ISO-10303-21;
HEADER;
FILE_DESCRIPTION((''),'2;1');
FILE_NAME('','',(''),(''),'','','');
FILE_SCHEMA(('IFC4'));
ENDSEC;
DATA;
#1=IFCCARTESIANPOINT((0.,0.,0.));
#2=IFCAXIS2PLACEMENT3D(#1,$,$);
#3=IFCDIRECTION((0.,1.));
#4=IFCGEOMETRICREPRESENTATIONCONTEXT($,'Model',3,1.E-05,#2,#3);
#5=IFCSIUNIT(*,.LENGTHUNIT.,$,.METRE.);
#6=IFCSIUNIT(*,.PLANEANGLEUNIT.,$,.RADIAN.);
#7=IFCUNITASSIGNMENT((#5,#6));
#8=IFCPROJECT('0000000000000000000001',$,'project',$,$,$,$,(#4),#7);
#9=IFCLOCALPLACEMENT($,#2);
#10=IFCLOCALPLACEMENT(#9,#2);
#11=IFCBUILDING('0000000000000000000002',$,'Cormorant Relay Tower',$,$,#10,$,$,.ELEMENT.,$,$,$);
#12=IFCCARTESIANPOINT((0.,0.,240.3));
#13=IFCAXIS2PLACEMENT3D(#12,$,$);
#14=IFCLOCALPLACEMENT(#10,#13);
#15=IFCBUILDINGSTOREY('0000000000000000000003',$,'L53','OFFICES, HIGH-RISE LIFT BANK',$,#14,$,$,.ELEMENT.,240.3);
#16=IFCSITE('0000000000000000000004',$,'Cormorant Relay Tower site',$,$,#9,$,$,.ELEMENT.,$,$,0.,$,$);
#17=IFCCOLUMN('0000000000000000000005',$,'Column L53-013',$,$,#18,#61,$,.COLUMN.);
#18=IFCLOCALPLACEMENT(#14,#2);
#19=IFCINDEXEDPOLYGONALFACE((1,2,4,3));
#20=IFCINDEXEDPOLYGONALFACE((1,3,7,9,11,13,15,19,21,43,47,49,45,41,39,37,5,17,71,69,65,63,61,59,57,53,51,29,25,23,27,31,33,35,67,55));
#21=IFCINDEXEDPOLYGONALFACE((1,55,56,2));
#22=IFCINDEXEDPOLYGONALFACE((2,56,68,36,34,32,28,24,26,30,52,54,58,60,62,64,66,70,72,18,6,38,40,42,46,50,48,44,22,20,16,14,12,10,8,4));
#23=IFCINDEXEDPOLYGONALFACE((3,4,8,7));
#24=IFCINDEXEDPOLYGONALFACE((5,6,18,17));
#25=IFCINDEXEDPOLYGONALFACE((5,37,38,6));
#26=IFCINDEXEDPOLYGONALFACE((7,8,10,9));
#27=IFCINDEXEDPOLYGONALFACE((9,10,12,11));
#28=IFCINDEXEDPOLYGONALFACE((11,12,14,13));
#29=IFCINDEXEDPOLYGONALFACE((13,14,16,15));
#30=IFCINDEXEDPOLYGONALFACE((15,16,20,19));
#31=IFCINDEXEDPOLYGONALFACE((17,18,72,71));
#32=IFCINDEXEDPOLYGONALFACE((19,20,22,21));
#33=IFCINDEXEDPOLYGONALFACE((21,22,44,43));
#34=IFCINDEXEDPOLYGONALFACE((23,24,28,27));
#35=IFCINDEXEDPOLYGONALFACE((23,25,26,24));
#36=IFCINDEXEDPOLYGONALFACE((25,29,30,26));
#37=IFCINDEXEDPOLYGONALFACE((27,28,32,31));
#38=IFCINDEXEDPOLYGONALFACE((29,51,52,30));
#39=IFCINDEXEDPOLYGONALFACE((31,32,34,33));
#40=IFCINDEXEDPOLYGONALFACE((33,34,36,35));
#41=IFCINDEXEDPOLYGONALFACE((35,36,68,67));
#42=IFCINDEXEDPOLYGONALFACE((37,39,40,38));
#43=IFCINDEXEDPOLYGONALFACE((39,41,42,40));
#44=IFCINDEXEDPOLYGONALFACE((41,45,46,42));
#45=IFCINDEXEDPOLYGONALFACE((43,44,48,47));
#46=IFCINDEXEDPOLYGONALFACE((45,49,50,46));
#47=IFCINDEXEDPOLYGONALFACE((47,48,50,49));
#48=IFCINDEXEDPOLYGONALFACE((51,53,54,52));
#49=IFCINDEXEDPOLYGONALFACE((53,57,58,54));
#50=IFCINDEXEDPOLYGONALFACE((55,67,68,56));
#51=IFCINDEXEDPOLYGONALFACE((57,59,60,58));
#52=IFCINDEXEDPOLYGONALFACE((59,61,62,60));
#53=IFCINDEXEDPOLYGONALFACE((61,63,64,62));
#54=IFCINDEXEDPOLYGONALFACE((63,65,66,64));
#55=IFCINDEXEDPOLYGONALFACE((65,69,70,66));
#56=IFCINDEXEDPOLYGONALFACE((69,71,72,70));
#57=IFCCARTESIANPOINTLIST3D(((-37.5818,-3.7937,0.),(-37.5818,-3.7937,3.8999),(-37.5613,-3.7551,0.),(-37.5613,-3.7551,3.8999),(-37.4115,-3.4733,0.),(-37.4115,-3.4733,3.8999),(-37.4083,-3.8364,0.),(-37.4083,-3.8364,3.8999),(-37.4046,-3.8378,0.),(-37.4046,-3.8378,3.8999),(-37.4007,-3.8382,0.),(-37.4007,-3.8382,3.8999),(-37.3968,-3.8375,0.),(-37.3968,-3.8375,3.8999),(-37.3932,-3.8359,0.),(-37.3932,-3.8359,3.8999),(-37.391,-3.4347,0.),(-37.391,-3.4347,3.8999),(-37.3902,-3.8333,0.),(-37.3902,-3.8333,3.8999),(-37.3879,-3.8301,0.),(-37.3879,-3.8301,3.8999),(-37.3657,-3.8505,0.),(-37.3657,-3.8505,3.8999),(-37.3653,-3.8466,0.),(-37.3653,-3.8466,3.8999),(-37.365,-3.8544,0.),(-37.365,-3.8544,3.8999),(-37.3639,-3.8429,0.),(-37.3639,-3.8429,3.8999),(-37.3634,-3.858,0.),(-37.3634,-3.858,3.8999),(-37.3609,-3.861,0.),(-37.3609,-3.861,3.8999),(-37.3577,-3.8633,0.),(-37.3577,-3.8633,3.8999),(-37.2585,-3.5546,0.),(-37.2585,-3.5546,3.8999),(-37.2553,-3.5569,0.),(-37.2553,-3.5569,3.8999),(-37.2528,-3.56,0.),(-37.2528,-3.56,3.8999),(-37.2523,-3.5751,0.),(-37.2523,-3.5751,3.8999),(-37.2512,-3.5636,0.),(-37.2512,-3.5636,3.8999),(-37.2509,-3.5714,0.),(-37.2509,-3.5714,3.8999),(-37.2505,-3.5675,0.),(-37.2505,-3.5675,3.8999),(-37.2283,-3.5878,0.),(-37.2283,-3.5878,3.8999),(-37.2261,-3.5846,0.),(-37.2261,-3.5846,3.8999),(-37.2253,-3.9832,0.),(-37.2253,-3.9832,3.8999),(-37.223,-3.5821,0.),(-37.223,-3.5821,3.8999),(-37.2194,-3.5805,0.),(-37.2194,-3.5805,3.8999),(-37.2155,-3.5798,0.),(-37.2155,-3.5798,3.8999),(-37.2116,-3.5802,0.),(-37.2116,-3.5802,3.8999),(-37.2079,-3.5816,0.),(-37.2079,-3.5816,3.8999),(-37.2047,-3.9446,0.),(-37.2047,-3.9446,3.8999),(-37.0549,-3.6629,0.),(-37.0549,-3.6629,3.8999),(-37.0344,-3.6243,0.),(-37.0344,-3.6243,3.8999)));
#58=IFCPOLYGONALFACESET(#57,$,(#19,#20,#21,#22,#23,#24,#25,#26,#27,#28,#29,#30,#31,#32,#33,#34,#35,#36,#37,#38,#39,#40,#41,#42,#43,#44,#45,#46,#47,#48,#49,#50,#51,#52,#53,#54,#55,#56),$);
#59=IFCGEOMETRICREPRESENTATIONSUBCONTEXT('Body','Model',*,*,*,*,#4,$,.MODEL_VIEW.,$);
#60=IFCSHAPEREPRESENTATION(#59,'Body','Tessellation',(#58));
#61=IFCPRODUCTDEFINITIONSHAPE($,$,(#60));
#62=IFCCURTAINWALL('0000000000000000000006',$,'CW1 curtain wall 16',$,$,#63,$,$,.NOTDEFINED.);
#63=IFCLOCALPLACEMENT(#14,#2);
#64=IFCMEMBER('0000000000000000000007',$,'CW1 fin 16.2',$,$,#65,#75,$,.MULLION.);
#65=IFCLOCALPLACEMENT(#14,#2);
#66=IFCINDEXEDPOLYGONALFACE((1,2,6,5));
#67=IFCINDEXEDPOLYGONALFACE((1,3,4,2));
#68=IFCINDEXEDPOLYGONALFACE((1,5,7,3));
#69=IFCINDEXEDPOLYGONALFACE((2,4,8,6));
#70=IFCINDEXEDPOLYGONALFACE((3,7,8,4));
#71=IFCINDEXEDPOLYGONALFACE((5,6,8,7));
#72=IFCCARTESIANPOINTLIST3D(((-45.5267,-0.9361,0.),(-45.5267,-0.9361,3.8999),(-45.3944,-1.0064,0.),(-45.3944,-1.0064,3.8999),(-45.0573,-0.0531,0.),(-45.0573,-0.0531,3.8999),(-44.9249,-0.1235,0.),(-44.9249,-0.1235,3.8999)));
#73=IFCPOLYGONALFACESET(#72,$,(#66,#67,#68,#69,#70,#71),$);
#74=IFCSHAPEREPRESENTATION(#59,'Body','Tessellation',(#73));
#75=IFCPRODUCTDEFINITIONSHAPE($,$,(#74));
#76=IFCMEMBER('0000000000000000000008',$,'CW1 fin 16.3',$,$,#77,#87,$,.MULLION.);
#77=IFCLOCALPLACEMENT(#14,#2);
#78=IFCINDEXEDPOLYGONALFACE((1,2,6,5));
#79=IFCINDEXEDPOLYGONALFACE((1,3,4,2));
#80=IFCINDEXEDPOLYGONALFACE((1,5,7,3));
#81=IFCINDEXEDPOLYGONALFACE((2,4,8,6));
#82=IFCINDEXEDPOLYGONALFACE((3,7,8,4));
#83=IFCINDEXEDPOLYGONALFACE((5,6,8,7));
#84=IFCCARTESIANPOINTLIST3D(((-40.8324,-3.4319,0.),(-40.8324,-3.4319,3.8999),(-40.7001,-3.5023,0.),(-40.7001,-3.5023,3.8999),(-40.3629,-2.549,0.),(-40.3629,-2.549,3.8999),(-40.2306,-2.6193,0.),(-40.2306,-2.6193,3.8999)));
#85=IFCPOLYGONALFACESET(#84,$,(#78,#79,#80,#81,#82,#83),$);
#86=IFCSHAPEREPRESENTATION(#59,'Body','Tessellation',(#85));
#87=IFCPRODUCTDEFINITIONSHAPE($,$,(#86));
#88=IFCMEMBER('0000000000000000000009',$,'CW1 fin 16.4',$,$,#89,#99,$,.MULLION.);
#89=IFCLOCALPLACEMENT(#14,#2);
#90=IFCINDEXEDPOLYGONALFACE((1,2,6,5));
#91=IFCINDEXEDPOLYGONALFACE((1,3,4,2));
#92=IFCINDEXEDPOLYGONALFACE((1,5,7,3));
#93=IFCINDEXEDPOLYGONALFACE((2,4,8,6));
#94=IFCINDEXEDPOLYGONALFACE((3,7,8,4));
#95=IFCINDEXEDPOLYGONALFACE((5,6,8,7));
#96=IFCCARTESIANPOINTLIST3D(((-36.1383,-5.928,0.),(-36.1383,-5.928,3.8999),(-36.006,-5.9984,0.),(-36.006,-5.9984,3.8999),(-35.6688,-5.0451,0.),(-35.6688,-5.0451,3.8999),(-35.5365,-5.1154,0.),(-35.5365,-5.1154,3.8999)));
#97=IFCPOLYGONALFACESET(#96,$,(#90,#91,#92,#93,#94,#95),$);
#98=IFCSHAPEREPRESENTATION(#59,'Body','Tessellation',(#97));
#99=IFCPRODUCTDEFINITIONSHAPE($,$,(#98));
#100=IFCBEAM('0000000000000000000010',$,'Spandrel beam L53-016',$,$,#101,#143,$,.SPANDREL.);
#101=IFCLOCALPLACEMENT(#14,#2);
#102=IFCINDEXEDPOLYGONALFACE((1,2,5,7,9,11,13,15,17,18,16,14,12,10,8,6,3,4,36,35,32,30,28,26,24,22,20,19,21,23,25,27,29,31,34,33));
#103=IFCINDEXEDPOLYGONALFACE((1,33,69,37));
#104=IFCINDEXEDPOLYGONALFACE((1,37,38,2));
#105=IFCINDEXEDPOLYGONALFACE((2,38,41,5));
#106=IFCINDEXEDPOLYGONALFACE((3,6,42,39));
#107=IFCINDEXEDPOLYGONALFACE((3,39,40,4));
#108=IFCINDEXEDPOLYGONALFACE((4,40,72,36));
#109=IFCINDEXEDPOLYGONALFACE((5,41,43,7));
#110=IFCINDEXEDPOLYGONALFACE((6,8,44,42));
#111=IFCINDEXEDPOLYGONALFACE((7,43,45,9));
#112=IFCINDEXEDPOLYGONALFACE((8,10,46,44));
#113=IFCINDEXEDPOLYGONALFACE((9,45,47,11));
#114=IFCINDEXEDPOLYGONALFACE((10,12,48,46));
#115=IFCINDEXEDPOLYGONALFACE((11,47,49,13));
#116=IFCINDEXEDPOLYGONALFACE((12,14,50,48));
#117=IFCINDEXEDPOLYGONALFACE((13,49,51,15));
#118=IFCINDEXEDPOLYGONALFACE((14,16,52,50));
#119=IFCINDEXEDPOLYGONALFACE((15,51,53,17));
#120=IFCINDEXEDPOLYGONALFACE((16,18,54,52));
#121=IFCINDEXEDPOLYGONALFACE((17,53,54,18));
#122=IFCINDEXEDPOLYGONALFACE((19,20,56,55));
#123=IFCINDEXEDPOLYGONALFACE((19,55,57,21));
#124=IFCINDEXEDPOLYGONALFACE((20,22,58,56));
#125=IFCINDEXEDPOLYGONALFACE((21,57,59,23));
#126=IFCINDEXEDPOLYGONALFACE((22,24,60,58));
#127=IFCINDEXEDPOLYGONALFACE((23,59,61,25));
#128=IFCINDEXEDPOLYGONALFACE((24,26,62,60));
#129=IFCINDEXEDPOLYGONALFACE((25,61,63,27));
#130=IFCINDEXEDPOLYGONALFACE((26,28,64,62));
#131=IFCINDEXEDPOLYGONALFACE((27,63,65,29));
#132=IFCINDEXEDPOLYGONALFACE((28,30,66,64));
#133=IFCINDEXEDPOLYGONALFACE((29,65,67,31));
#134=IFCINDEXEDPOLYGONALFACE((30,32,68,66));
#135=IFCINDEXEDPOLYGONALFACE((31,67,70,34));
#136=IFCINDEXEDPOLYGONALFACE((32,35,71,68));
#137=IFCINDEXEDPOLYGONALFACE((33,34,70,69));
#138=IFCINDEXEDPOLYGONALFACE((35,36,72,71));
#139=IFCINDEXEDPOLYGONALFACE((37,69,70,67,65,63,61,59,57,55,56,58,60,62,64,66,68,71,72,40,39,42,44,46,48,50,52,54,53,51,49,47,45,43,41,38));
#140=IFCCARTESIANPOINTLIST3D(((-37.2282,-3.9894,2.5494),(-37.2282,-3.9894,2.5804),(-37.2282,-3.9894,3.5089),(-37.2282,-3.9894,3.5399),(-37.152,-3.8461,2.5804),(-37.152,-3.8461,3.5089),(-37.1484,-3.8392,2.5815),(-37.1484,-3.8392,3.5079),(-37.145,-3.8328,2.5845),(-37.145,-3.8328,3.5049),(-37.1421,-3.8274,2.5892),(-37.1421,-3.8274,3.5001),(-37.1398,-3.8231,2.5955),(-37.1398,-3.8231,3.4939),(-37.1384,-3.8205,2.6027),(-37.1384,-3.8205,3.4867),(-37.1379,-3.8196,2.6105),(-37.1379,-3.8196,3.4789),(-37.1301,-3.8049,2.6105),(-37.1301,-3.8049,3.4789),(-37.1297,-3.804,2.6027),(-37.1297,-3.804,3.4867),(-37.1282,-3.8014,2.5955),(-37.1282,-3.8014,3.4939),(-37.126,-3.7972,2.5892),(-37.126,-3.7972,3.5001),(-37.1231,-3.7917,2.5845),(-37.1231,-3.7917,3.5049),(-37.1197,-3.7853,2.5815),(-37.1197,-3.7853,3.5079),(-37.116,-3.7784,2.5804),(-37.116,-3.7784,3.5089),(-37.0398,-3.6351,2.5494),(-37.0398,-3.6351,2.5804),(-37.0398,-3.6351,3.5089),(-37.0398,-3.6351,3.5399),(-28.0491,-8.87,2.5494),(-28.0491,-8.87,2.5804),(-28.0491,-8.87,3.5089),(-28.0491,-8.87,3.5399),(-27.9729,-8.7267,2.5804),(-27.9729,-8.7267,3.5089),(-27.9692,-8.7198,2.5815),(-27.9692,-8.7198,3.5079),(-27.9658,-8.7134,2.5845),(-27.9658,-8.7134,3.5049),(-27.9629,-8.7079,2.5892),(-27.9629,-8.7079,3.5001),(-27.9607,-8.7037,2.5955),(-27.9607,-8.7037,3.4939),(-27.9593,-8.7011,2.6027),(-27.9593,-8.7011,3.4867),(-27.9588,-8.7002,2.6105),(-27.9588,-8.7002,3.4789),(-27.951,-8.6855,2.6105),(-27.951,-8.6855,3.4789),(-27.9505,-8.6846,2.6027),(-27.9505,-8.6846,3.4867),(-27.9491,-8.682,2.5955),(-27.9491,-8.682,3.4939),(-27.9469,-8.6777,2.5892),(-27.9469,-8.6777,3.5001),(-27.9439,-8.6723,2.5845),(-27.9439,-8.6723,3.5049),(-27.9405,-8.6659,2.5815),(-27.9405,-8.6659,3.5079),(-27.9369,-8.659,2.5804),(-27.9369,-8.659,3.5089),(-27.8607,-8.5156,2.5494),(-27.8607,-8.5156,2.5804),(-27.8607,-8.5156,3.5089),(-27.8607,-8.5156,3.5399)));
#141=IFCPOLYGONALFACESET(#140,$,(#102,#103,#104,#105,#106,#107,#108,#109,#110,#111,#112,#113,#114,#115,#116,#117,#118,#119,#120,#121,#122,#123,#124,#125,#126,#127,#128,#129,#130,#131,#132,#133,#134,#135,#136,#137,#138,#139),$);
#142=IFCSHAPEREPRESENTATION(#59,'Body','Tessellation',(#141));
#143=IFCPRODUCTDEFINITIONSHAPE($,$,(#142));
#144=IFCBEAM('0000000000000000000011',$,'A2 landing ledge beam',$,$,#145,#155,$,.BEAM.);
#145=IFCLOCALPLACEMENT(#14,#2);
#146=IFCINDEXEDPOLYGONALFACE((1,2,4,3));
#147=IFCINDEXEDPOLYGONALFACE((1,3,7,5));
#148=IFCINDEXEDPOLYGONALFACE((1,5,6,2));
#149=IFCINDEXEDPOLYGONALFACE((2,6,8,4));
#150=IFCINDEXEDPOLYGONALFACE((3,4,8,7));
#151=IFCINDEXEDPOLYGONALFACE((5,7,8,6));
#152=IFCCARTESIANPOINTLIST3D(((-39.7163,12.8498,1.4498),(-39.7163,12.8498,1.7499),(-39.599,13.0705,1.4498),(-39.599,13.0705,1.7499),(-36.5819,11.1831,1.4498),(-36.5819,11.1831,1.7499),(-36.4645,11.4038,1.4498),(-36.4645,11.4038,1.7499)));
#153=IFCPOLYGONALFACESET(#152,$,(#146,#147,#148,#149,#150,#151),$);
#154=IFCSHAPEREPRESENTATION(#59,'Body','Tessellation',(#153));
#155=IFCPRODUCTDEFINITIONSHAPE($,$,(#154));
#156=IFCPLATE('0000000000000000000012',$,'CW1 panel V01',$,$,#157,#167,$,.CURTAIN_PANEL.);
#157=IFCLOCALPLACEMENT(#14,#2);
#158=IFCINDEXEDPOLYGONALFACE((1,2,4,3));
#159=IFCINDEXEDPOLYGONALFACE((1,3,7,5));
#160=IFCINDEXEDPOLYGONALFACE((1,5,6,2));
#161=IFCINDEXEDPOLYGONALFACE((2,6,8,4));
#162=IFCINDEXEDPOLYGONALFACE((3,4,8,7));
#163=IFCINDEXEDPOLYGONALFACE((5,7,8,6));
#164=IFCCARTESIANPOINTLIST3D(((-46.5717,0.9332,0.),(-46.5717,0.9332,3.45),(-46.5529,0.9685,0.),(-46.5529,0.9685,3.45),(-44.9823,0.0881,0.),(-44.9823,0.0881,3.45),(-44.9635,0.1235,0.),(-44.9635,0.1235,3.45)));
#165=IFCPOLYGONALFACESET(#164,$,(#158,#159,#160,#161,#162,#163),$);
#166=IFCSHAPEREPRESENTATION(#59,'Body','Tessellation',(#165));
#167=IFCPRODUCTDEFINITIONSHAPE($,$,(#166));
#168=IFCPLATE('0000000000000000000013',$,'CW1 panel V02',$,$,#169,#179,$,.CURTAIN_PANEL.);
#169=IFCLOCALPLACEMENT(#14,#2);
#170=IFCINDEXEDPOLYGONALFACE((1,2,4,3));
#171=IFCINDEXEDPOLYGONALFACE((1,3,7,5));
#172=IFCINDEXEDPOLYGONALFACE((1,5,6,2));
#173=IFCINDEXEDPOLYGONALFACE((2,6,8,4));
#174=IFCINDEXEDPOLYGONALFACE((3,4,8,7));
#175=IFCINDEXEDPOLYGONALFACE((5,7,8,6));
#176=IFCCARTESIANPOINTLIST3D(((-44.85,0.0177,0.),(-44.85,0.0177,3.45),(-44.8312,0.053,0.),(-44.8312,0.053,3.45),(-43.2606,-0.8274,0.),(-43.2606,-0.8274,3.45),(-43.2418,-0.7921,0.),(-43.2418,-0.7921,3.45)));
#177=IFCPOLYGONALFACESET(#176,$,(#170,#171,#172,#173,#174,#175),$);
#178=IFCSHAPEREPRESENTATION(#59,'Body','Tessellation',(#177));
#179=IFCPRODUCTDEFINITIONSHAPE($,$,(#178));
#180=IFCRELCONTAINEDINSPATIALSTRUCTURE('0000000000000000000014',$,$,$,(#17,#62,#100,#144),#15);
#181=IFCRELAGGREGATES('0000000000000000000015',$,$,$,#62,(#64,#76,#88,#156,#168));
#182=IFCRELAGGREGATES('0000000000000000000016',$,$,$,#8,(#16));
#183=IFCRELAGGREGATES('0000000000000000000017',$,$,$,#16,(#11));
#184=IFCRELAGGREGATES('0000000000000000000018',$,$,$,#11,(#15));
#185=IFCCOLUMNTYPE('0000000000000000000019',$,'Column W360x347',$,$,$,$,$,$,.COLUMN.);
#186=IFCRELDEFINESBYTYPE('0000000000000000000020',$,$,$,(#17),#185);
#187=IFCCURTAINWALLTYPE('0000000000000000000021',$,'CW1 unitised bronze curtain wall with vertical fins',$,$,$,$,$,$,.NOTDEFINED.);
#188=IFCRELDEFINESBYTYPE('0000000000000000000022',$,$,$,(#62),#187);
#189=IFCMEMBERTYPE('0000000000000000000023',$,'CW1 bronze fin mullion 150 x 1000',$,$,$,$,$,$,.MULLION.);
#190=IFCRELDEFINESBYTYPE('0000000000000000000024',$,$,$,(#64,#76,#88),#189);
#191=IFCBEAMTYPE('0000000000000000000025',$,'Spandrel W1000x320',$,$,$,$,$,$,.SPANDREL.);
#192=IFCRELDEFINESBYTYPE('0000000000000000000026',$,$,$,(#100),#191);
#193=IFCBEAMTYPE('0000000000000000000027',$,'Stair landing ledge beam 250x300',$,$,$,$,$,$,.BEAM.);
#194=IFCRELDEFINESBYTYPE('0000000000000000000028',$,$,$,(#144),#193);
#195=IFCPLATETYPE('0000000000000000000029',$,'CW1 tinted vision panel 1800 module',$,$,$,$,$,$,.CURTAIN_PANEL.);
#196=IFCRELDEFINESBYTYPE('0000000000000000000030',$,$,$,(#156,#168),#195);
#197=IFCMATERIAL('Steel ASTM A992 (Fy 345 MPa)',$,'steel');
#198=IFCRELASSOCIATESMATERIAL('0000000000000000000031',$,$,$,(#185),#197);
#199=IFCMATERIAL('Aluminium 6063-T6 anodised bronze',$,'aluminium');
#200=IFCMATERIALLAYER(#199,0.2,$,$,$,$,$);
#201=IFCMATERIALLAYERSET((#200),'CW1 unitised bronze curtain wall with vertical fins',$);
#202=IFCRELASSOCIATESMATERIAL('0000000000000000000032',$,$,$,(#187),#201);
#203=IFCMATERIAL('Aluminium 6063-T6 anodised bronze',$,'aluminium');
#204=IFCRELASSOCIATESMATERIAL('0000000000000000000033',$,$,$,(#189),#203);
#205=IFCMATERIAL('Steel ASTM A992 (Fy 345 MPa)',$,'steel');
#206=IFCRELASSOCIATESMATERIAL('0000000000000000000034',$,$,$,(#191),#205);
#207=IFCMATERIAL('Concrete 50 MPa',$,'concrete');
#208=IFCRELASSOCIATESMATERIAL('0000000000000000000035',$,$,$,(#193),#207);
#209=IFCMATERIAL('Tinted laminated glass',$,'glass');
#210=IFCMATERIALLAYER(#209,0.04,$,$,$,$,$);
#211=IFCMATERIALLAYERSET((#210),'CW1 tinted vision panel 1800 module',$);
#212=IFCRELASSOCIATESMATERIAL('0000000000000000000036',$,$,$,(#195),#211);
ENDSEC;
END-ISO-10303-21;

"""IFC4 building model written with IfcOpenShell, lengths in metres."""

from ifc_helpers import new_model, si_unit, direction, frame, origin, origin_2d, place, context, subcontext, project, spatial, rectangle, i_section, extrude, material, layer, layer_set, material_profile, profile_set, type_object, element, aggregate, save


model = new_model("IFC4")

# Units and contexts
model_context = context("Model", 3, precision=1e-05, world=origin(), true_north=direction((0.0, 1.0)))
body_context = subcontext(model_context, "Body", "Model", "MODEL_VIEW")
ifc_project = project(units=[si_unit("LENGTHUNIT", "METRE"), si_unit("PLANEANGLEUNIT", "RADIAN")], contexts=[model_context])

# Site, building, storey
site_placement = place(None, origin())
site = spatial("IfcSite", under=ifc_project, at=site_placement, Name="Cormorant Relay Tower site", CompositionType="ELEMENT", RefElevation=0.0)
building_placement = place(site_placement, origin())
building = spatial("IfcBuilding", under=site, at=building_placement, Name="Cormorant Relay Tower", CompositionType="ELEMENT")
storey_placement = place(building_placement, frame((0.0, 0.0, 240.3)))
storey = spatial("IfcBuildingStorey", under=building, at=storey_placement, Name="L53", Description="OFFICES, HIGH-RISE LIFT BANK", CompositionType="ELEMENT", Elevation=240.3)

# Column
ifc_material_1 = material(Name="Steel ASTM A992 (Fy 345 MPa)", Category="steel")
ifc_material_profile_1 = material_profile(ifc_material_1, i_section(OverallWidth=0.4038, OverallDepth=0.4065, WebThickness=0.0271, FlangeThickness=0.0437, FilletRadius=0.0151, at=origin_2d()), Name="W360x347")
ifc_profile_set_1 = profile_set([ifc_material_profile_1], Name="Steel ASTM A992 (Fy 345 MPa)")
column_type = type_object("IfcColumnType", Name="Column W360x347", PredefinedType="COLUMN", material=ifc_profile_set_1)
column_placement = place(storey_placement, frame((-37.3081, -3.709, 0.0), z_axis=(0.0, 0.0, 1.0), x_axis=(0.882948, -0.469472, 0.0)))
element("IfcColumn", 1, at=column_placement, inside=storey, type_object=column_type, Name="Column L53-013", PredefinedType="COLUMN", context=body_context, shape_type="SweptSolid", body=[
    extrude(i_section(OverallWidth=0.4038, OverallDepth=0.4065, WebThickness=0.0271, FlangeThickness=0.0437, FilletRadius=0.0151, at=origin_2d()), origin(), (0.0, 0.0, 1.0), 3.8999),
])

# Curtain wall, members
ifc_material_2 = material(Name="Aluminium 6063-T6 anodised bronze", Category="aluminium")
ifc_layer_1 = layer(ifc_material_2, 0.2)
ifc_layer_set_1 = layer_set([ifc_layer_1], Name="CW1 unitised bronze curtain wall with vertical fins")
curtain_wall_type = type_object("IfcCurtainWallType", Name="CW1 unitised bronze curtain wall with vertical fins", PredefinedType="NOTDEFINED", material=ifc_layer_set_1)
curtain_wall_placement = place(storey_placement, origin())
curtain_wall = element("IfcCurtainWall", 2, at=curtain_wall_placement, inside=storey, type_object=curtain_wall_type, Name="CW1 curtain wall 16", PredefinedType="NOTDEFINED")
ifc_material_3 = material(Name="Aluminium 6063-T6 anodised bronze", Category="aluminium")
ifc_material_profile_2 = material_profile(ifc_material_3, rectangle(XDim=0.1499, YDim=1.0, at=origin_2d()), Name="AL 150x1000")
ifc_profile_set_2 = profile_set([ifc_material_profile_2], Name="Aluminium 6063-T6 anodised bronze")
member_type = type_object("IfcMemberType", Name="CW1 bronze fin mullion 150 x 1000", PredefinedType="MULLION", material=ifc_profile_set_2)
member_1_placement = place(storey_placement, frame((-45.2258, -0.5298, 0.0), z_axis=(0.0, 0.0, 1.0), x_axis=(0.882948, -0.469472, 0.0)))
member_1 = element("IfcMember", 3, at=member_1_placement, type_object=member_type, Name="CW1 fin 16.2", PredefinedType="MULLION", context=body_context, shape_type="SweptSolid", body=[
    extrude(rectangle(XDim=0.1499, YDim=1.0, at=origin_2d()), origin(), (0.0, 0.0, 1.0), 3.8999),
])
member_2_placement = place(storey_placement, frame((-40.5315, -3.0256, 0.0), z_axis=(0.0, 0.0, 1.0), x_axis=(0.882948, -0.469472, 0.0)))
member_2 = element("IfcMember", 4, at=member_2_placement, type_object=member_type, Name="CW1 fin 16.3", PredefinedType="MULLION", context=body_context, shape_type="SweptSolid", body=[
    extrude(rectangle(XDim=0.1499, YDim=1.0, at=origin_2d()), origin(), (0.0, 0.0, 1.0), 3.8999),
])
member_3_placement = place(storey_placement, frame((-35.8374, -5.5217, 0.0), z_axis=(0.0, 0.0, 1.0), x_axis=(0.882948, -0.469472, 0.0)))
member_3 = element("IfcMember", 5, at=member_3_placement, type_object=member_type, Name="CW1 fin 16.4", PredefinedType="MULLION", context=body_context, shape_type="SweptSolid", body=[
    extrude(rectangle(XDim=0.1499, YDim=1.0, at=origin_2d()), origin(), (0.0, 0.0, 1.0), 3.8999),
])

# Beams
ifc_material_4 = material(Name="Steel ASTM A992 (Fy 345 MPa)", Category="steel")
ifc_material_profile_3 = material_profile(ifc_material_4, i_section(OverallWidth=0.4014, OverallDepth=0.9905, WebThickness=0.0166, FlangeThickness=0.031, FilletRadius=0.03, at=origin_2d()), Name="W1000x320")
ifc_profile_set_3 = profile_set([ifc_material_profile_3], Name="Steel ASTM A992 (Fy 345 MPa)")
beam_type_1 = type_object("IfcBeamType", Name="Spandrel W1000x320", PredefinedType="SPANDREL", material=ifc_profile_set_3)
beam_1_placement = place(storey_placement, frame((-37.134, -3.8123, 3.0447), z_axis=(0.88295, -0.469468, 0.0), x_axis=(0.469468, 0.88295, 0.0)))
element("IfcBeam", 6, at=beam_1_placement, inside=storey, type_object=beam_type_1, Name="Spandrel beam L53-016", PredefinedType="SPANDREL", context=body_context, shape_type="SweptSolid", body=[
    extrude(i_section(OverallWidth=0.4014, OverallDepth=0.9905, WebThickness=0.0166, FlangeThickness=0.031, FilletRadius=0.03, at=origin_2d()), origin(), (0.0, 0.0, 1.0), 10.396),
])
ifc_material_5 = material(Name="Concrete 50 MPa", Category="concrete")
ifc_material_profile_4 = material_profile(ifc_material_5, rectangle(XDim=0.25, YDim=0.3, at=origin_2d()), Name="RC 250x300")
ifc_profile_set_4 = profile_set([ifc_material_profile_4], Name="Concrete 50 MPa")
beam_type_2 = type_object("IfcBeamType", Name="Stair landing ledge beam 250x300", PredefinedType="BEAM", material=ifc_profile_set_4)
beam_2_placement = place(storey_placement, frame((-36.5232, 11.2935, 1.5999), z_axis=(-0.882937, 0.469492, 0.0), x_axis=(-0.469492, -0.882937, 0.0)))
element("IfcBeam", 7, at=beam_2_placement, inside=storey, type_object=beam_type_2, Name="A2 landing ledge beam", PredefinedType="BEAM", context=body_context, shape_type="SweptSolid", body=[
    extrude(rectangle(XDim=0.25, YDim=0.3, at=origin_2d()), origin(), (0.0, 0.0, 1.0), 3.55),
])

# Plates
ifc_material_6 = material(Name="Tinted laminated glass", Category="glass")
ifc_layer_2 = layer(ifc_material_6, 0.04)
ifc_layer_set_2 = layer_set([ifc_layer_2], Name="CW1 tinted vision panel 1800 module")
plate_type = type_object("IfcPlateType", Name="CW1 tinted vision panel 1800 module", PredefinedType="CURTAIN_PANEL", material=ifc_layer_set_2)
plate_1_placement = place(storey_placement, frame((-45.7676, 0.5283, 0.0), z_axis=(0.0, 0.0, 1.0), x_axis=(0.882948, -0.469472, 0.0)))
plate_1 = element("IfcPlate", 8, at=plate_1_placement, type_object=plate_type, Name="CW1 panel V01", PredefinedType="CURTAIN_PANEL", context=body_context, shape_type="SweptSolid", body=[
    extrude(rectangle(XDim=1.8, YDim=0.04, at=origin_2d()), origin(), (0.0, 0.0, 1.0), 3.45),
])
plate_2_placement = place(storey_placement, frame((-44.0459, -0.3872, 0.0), z_axis=(0.0, 0.0, 1.0), x_axis=(0.882948, -0.469472, 0.0)))
plate_2 = element("IfcPlate", 9, at=plate_2_placement, type_object=plate_type, Name="CW1 panel V02", PredefinedType="CURTAIN_PANEL", context=body_context, shape_type="SweptSolid", body=[
    extrude(rectangle(XDim=1.8, YDim=0.04, at=origin_2d()), origin(), (0.0, 0.0, 1.0), 3.45),
])

aggregate(curtain_wall, [member_1, member_2, member_3, plate_1, plate_2])

save(model, "model.ifc")
